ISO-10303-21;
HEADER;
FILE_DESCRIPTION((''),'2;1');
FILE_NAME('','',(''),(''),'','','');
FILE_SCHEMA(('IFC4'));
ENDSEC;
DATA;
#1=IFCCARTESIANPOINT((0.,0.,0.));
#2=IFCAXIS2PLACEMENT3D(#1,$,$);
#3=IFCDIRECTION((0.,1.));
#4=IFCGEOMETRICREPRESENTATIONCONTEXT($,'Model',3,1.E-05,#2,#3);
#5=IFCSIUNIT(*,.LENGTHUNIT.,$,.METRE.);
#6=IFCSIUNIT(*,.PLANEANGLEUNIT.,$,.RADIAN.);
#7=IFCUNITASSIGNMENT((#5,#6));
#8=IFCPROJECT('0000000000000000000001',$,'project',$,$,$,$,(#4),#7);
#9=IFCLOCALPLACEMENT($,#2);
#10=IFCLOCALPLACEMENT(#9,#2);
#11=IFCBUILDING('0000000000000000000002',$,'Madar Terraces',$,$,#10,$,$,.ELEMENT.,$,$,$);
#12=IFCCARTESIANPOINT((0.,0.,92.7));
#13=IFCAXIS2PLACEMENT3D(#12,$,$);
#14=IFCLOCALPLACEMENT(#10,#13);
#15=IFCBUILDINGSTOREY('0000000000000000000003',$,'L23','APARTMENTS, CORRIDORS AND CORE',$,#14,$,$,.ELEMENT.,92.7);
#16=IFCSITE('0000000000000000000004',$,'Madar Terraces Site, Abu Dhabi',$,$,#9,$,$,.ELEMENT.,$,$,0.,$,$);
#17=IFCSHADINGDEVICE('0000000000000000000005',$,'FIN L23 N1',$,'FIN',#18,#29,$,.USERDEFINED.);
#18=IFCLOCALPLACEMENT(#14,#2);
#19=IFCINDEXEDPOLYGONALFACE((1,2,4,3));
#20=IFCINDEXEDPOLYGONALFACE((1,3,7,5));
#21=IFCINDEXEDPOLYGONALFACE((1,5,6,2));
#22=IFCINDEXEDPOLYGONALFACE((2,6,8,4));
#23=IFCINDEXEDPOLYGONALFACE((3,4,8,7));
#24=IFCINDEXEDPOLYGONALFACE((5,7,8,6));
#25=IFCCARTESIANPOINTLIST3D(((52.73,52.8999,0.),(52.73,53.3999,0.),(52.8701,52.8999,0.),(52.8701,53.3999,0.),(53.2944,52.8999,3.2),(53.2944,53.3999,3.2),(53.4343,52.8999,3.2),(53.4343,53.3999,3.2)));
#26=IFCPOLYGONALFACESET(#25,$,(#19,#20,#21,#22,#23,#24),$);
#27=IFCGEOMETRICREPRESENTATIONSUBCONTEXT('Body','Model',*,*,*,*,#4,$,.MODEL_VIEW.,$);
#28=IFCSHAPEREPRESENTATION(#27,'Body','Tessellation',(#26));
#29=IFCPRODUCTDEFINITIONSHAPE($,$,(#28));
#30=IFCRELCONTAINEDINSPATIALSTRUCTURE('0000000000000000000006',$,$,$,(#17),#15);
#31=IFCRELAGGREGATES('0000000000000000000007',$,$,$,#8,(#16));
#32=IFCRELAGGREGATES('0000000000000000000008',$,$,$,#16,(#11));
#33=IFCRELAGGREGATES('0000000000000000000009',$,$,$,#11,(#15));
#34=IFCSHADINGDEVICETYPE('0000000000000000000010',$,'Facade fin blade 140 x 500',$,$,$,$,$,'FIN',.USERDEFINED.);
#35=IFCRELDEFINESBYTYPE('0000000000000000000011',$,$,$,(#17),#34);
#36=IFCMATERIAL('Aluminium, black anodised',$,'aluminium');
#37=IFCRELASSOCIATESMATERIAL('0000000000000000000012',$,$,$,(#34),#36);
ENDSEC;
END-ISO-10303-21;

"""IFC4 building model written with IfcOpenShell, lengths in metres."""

from ifc_helpers import new_model, si_unit, direction, frame, origin, place, context, subcontext, project, spatial, polyline, outline, extrude, material, type_object, element, save


model = new_model("IFC4")

# Units and contexts
model_context = context("Model", 3, precision=1e-05, world=origin(), true_north=direction((0.0, 1.0)))
body_context = subcontext(model_context, "Body", "Model", "MODEL_VIEW")
ifc_project = project(units=[si_unit("LENGTHUNIT", "METRE"), si_unit("PLANEANGLEUNIT", "RADIAN")], contexts=[model_context])

# Site, building, storey
site_placement = place(None, origin())
site = spatial("IfcSite", under=ifc_project, at=site_placement, Name="Madar Terraces Site, Abu Dhabi", CompositionType="ELEMENT", RefElevation=0.0)
building_placement = place(site_placement, origin())
building = spatial("IfcBuilding", under=site, at=building_placement, Name="Madar Terraces", CompositionType="ELEMENT")
storey_placement = place(building_placement, frame((0.0, 0.0, 92.7)))
storey = spatial("IfcBuildingStorey", under=building, at=storey_placement, Name="L23", Description="APARTMENTS, CORRIDORS AND CORE", CompositionType="ELEMENT", Elevation=92.7)

# Shading device
ifc_material_1 = material(Name="Aluminium, black anodised", Category="aluminium")
shading_device_type = type_object("IfcShadingDeviceType", Name="Facade fin blade 140 x 500", ElementType="FIN", PredefinedType="USERDEFINED", material=ifc_material_1)
for number, where, z_axis, x_axis, name in (
    (1, (52.8701, 53.1499, 0.0), (0.0, 0.0, 1.0), (-1.0, 0.0, 0.0), "FIN L23 N1"),
):
    element("IfcShadingDevice", number, at=place(storey_placement, frame(where, z_axis=z_axis, x_axis=x_axis)), inside=storey, type_object=shading_device_type, Name=name, ObjectType="FIN", PredefinedType="USERDEFINED", context=body_context, shape_type="SweptSolid", body=[
        extrude(outline(polyline([(0.0, 0.0), (0.1401, 0.0), (-0.4243, 3.2), (-0.5642, 3.2), (0.0, 0.0)])), frame((0.0, 0.25, 0.0), z_axis=(0.0, -1.0, 0.0), x_axis=(1.0, 0.0, 0.0)), (0.0, 0.0, 1.0), 0.5),
    ])

save(model, "model.ifc")
